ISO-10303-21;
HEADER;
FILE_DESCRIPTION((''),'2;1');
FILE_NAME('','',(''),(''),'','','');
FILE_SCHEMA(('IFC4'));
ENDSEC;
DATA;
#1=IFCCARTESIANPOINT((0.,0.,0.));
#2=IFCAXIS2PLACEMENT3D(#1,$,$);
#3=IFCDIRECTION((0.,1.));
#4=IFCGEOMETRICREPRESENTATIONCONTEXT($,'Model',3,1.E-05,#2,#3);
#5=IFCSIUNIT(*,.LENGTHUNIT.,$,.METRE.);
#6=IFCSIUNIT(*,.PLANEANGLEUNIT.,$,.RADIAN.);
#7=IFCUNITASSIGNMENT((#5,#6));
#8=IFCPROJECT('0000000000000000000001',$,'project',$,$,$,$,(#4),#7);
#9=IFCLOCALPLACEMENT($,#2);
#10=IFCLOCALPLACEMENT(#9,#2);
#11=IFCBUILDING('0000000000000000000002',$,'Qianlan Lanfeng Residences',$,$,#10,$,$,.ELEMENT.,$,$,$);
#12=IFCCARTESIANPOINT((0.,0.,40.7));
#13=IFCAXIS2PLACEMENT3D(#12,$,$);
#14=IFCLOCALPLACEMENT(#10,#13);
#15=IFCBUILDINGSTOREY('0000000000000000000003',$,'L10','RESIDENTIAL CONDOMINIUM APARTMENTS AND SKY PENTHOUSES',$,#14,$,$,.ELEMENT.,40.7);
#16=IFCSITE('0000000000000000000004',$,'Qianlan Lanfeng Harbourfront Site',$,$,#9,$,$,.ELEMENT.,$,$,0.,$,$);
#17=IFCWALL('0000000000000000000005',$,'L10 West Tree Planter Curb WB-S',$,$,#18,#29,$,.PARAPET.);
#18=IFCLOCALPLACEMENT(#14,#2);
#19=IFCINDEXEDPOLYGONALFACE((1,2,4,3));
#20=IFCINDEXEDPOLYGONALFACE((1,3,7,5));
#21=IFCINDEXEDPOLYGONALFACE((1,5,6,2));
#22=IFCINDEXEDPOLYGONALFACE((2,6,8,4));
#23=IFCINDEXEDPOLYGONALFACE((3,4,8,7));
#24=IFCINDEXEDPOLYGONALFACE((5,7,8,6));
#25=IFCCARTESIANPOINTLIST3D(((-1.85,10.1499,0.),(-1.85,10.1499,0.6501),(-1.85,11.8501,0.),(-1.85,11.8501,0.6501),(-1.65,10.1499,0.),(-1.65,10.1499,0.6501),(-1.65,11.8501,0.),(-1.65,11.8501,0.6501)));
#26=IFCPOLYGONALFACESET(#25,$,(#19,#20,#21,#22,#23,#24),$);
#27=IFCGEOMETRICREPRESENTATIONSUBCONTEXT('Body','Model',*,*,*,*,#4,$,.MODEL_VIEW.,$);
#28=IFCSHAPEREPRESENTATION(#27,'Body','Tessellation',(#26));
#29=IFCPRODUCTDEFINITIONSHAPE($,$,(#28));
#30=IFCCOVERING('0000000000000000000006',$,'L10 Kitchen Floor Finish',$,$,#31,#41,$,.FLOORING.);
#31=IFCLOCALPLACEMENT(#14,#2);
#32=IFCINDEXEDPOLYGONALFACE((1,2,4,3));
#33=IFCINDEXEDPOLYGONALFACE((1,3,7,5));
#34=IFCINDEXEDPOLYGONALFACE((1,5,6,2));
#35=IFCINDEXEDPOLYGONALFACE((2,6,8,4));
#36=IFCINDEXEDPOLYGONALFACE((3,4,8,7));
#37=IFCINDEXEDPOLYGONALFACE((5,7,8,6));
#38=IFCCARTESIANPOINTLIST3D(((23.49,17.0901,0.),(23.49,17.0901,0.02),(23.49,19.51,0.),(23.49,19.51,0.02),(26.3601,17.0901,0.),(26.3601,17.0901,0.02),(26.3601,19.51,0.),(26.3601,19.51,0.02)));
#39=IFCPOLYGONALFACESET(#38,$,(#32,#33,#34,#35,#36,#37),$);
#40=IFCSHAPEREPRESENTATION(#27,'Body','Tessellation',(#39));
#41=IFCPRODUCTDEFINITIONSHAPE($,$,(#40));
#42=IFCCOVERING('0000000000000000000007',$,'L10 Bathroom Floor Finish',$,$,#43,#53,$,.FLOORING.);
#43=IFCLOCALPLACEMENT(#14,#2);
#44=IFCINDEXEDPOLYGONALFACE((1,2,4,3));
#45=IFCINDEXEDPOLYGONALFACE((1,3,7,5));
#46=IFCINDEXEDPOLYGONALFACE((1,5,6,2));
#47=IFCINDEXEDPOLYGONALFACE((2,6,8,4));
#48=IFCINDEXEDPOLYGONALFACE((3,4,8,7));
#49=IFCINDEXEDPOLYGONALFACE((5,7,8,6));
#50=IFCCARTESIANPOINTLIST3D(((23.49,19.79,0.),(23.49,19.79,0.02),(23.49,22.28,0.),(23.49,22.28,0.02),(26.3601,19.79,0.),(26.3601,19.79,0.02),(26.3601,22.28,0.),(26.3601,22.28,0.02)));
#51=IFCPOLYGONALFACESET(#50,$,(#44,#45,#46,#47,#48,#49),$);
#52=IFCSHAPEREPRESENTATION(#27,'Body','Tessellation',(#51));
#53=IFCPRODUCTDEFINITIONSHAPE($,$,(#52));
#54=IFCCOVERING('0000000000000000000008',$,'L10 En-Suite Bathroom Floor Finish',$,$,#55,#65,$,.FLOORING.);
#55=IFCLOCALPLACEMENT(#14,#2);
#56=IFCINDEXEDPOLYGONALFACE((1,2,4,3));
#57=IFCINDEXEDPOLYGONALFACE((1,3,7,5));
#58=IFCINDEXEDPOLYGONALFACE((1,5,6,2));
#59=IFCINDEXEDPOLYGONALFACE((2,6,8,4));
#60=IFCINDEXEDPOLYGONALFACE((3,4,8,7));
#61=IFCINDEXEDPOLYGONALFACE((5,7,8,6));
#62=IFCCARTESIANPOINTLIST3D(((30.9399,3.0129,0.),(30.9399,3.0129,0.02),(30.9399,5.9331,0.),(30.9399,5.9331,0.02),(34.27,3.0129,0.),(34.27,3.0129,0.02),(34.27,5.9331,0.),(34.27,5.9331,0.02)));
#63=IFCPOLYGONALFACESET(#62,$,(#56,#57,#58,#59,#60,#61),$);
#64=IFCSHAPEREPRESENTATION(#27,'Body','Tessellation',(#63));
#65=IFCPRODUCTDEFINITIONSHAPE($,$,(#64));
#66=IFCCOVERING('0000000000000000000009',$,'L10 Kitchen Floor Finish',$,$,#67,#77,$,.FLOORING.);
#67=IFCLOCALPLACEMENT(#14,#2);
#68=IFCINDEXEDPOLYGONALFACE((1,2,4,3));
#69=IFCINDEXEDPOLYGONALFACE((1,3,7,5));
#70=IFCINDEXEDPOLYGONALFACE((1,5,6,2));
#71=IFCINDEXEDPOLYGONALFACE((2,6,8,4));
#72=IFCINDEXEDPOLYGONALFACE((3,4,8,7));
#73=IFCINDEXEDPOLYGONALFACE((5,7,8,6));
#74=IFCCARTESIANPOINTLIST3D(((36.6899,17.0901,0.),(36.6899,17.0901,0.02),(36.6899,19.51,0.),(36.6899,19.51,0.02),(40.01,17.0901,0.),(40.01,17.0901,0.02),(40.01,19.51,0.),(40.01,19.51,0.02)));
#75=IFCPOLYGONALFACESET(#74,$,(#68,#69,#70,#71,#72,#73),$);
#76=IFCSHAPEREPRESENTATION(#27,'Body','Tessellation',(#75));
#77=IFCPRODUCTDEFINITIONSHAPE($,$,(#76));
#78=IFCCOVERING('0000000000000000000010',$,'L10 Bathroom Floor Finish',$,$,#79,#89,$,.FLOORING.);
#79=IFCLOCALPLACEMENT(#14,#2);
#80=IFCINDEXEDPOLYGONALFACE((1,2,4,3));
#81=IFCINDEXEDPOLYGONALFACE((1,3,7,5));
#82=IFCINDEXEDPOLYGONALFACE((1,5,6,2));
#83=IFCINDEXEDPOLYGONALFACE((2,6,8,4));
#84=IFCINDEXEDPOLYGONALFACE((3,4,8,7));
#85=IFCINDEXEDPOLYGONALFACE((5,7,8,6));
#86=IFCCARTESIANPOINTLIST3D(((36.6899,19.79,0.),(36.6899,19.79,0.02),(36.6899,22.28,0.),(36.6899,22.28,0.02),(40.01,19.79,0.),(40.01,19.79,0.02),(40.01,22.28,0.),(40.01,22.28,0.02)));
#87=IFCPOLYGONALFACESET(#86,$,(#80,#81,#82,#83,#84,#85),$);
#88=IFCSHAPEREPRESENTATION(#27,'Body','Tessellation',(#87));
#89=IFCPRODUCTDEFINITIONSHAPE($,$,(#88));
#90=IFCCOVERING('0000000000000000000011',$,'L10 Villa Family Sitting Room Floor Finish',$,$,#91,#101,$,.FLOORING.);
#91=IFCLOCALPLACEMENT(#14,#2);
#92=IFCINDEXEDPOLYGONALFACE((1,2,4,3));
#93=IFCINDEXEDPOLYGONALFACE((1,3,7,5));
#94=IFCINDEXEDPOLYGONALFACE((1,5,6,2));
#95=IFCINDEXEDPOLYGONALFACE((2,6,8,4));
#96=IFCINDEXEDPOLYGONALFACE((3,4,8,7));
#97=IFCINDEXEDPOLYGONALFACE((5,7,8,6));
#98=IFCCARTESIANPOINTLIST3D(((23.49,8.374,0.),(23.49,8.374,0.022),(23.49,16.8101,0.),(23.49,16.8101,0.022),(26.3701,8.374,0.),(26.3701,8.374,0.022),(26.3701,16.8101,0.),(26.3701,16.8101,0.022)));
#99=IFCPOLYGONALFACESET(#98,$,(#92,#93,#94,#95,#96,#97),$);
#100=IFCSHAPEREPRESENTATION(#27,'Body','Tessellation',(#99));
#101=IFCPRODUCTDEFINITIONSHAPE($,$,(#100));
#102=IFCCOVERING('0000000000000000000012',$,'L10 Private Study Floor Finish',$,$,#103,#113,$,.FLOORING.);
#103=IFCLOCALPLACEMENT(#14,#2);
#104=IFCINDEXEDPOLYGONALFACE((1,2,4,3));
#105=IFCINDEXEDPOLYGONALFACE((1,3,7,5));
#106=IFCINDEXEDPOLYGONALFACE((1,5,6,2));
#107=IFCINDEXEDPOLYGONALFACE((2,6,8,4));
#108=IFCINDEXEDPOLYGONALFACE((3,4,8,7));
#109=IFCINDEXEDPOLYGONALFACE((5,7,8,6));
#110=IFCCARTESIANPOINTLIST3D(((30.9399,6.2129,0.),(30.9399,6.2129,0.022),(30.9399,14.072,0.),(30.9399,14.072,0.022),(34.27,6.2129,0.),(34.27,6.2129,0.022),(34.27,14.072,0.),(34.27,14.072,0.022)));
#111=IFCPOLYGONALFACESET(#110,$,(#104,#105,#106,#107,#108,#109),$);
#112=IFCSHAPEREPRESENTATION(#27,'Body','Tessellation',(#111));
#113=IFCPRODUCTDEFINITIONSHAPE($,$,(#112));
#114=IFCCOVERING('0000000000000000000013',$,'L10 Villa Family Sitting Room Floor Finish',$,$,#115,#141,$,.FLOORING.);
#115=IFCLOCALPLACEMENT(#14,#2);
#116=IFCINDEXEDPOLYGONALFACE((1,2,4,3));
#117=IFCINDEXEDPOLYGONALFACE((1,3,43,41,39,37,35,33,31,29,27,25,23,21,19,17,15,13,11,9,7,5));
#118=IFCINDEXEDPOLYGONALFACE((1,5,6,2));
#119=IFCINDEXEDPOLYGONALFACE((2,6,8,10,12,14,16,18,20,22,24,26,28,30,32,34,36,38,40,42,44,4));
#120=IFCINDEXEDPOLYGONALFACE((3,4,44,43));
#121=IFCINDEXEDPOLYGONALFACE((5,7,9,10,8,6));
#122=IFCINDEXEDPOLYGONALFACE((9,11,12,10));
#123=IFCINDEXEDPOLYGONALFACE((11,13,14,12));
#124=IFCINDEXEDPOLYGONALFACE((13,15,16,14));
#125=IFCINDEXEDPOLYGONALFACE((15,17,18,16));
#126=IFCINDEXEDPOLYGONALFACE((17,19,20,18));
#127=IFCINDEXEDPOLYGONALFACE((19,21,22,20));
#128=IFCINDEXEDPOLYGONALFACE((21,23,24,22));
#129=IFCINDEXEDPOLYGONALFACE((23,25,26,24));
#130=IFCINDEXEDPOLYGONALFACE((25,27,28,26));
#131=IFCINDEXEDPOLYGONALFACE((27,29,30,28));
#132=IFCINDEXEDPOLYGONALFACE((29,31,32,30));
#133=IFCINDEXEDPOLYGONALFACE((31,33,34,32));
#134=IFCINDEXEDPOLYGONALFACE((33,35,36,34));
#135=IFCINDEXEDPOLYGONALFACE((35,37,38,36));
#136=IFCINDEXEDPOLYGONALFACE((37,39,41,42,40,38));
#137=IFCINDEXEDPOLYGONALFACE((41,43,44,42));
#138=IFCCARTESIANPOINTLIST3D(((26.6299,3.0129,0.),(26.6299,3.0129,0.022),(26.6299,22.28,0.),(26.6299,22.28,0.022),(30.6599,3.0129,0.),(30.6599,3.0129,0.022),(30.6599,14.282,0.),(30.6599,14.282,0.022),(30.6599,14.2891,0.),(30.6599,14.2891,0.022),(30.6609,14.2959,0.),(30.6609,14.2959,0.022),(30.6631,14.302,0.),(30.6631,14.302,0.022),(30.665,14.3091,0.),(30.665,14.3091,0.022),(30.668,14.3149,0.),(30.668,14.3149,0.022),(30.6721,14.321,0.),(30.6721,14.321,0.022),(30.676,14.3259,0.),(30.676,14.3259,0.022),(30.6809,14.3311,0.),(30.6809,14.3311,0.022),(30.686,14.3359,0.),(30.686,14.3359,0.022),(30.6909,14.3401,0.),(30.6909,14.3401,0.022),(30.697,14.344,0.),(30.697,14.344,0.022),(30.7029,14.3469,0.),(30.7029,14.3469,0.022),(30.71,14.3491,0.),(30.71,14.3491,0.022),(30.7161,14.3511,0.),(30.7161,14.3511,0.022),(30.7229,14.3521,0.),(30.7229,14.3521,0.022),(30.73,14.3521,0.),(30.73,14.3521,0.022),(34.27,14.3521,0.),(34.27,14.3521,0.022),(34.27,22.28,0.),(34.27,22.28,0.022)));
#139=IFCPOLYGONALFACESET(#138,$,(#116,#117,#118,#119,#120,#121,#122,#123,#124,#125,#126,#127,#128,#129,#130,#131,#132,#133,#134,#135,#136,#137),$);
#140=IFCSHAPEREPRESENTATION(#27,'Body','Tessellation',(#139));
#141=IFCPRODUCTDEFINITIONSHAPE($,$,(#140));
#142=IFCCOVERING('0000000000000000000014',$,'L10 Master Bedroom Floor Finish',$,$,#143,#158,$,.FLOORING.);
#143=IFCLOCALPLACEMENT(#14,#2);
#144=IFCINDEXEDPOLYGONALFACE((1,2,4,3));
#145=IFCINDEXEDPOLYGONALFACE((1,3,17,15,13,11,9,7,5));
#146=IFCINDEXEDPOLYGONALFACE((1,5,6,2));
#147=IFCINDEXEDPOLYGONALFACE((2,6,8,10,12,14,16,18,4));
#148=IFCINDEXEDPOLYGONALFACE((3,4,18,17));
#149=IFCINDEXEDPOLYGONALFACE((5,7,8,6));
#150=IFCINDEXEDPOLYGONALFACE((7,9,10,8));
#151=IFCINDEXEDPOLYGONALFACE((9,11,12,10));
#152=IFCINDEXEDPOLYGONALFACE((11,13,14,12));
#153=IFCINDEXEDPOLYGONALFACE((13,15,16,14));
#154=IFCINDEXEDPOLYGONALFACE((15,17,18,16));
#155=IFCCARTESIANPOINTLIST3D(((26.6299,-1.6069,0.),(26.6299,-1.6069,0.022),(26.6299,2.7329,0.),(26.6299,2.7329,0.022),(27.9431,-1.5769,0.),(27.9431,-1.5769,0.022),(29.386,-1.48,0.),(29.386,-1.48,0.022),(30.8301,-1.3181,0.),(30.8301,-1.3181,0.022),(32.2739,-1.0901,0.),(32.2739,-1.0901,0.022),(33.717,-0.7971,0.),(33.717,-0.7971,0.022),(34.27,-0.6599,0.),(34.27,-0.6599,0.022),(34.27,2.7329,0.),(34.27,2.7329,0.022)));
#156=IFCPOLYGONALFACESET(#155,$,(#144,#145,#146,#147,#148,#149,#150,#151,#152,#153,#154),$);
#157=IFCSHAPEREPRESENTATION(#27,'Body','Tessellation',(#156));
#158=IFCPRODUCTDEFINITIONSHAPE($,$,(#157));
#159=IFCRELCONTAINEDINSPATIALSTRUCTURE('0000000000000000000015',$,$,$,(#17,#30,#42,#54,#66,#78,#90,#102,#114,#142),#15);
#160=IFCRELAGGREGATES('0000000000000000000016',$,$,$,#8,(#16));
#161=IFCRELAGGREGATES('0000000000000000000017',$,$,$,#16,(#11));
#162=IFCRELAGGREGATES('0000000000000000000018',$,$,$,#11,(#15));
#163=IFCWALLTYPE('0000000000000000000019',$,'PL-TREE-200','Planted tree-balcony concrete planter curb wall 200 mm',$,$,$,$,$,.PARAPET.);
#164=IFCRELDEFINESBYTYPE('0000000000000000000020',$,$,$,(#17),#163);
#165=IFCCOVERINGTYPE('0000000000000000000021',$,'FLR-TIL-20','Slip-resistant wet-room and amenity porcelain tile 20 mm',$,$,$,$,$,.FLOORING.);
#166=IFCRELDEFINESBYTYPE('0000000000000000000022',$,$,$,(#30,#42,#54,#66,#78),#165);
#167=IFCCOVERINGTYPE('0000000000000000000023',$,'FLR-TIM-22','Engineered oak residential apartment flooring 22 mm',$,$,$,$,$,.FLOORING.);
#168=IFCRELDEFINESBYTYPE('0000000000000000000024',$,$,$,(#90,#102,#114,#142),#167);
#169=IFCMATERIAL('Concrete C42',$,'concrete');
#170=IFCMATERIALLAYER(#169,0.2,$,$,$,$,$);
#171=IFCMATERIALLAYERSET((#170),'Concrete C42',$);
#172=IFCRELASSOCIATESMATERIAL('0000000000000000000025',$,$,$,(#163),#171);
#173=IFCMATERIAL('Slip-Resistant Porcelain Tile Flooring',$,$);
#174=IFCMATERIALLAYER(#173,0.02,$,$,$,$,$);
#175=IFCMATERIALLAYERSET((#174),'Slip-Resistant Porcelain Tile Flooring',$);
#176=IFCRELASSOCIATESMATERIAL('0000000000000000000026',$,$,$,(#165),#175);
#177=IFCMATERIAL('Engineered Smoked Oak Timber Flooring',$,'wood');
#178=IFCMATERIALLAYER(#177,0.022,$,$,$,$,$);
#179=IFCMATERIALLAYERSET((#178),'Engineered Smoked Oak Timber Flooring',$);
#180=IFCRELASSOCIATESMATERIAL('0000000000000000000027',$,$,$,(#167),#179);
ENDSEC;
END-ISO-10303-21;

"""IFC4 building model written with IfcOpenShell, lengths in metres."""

from ifc_helpers import new_model, si_unit, direction, frame, frame_2d, origin, place, context, subcontext, project, spatial, polyline, rectangle, outline, extrude, material, layer, layer_set, type_object, element, save


model = new_model("IFC4")

# Units and contexts
model_context = context("Model", 3, precision=1e-05, world=origin(), true_north=direction((0.0, 1.0)))
body_context = subcontext(model_context, "Body", "Model", "MODEL_VIEW")
ifc_project = project(units=[si_unit("LENGTHUNIT", "METRE"), si_unit("PLANEANGLEUNIT", "RADIAN")], contexts=[model_context])

# Site, building, storey
site_placement = place(None, origin())
site = spatial("IfcSite", under=ifc_project, at=site_placement, Name="Qianlan Lanfeng Harbourfront Site", CompositionType="ELEMENT", RefElevation=0.0)
building_placement = place(site_placement, origin())
building = spatial("IfcBuilding", under=site, at=building_placement, Name="Qianlan Lanfeng Residences", CompositionType="ELEMENT")
storey_placement = place(building_placement, frame((0.0, 0.0, 40.7)))
storey = spatial("IfcBuildingStorey", under=building, at=storey_placement, Name="L10", Description="RESIDENTIAL CONDOMINIUM APARTMENTS AND SKY PENTHOUSES", CompositionType="ELEMENT", Elevation=40.7)

# Wall
ifc_material_1 = material(Name="Concrete C42", Category="concrete")
ifc_layer_1 = layer(ifc_material_1, 0.2)
ifc_layer_set_1 = layer_set([ifc_layer_1], Name="Concrete C42")
wall_type = type_object("IfcWallType", Name="PL-TREE-200", Description="Planted tree-balcony concrete planter curb wall 200 mm", PredefinedType="PARAPET", material=ifc_layer_set_1)
wall_placement = place(storey_placement, frame((-1.75, 10.1499, 0.0), z_axis=(0.0, 0.0, 1.0), x_axis=(0.0, 1.0, 0.0)))
element("IfcWall", 1, at=wall_placement, inside=storey, type_object=wall_type, Name="L10 West Tree Planter Curb WB-S", PredefinedType="PARAPET", context=body_context, shape_type="SweptSolid", body=[
    extrude(rectangle(XDim=1.7002, YDim=0.2, at=frame_2d((0.8501, 0.0))), origin(), (0.0, 0.0, 1.0), 0.6501),
])

# Coverings
ifc_material_2 = material(Name="Slip-Resistant Porcelain Tile Flooring")
ifc_layer_2 = layer(ifc_material_2, 0.02)
ifc_layer_set_2 = layer_set([ifc_layer_2], Name="Slip-Resistant Porcelain Tile Flooring")
covering_type_1 = type_object("IfcCoveringType", Name="FLR-TIL-20", Description="Slip-resistant wet-room and amenity porcelain tile 20 mm", PredefinedType="FLOORING", material=ifc_layer_set_2)
covering_1_placement = place(storey_placement, origin())
element("IfcCovering", 2, at=covering_1_placement, inside=storey, type_object=covering_type_1, Name="L10 Kitchen Floor Finish", PredefinedType="FLOORING", context=body_context, shape_type="SweptSolid", body=[
    extrude(outline(polyline([(23.49, 17.0901), (26.3601, 17.0901), (26.3601, 19.51), (23.49, 19.51), (23.49, 17.0901)])), origin(), (0.0, 0.0, 1.0), 0.02),
])
covering_2_placement = place(storey_placement, origin())
element("IfcCovering", 3, at=covering_2_placement, inside=storey, type_object=covering_type_1, Name="L10 Bathroom Floor Finish", PredefinedType="FLOORING", context=body_context, shape_type="SweptSolid", body=[
    extrude(outline(polyline([(23.49, 19.79), (26.3601, 19.79), (26.3601, 22.28), (23.49, 22.28), (23.49, 19.79)])), origin(), (0.0, 0.0, 1.0), 0.02),
])
covering_3_placement = place(storey_placement, origin())
element("IfcCovering", 4, at=covering_3_placement, inside=storey, type_object=covering_type_1, Name="L10 En-Suite Bathroom Floor Finish", PredefinedType="FLOORING", context=body_context, shape_type="SweptSolid", body=[
    extrude(outline(polyline([(30.9399, 3.0129), (34.27, 3.0129), (34.27, 5.9331), (30.9399, 5.9331), (30.9399, 3.0129)])), origin(), (0.0, 0.0, 1.0), 0.02),
])
covering_4_placement = place(storey_placement, origin())
element("IfcCovering", 5, at=covering_4_placement, inside=storey, type_object=covering_type_1, Name="L10 Kitchen Floor Finish", PredefinedType="FLOORING", context=body_context, shape_type="SweptSolid", body=[
    extrude(outline(polyline([(36.6899, 17.0901), (40.01, 17.0901), (40.01, 19.51), (36.6899, 19.51), (36.6899, 17.0901)])), origin(), (0.0, 0.0, 1.0), 0.02),
])
covering_5_placement = place(storey_placement, origin())
element("IfcCovering", 6, at=covering_5_placement, inside=storey, type_object=covering_type_1, Name="L10 Bathroom Floor Finish", PredefinedType="FLOORING", context=body_context, shape_type="SweptSolid", body=[
    extrude(outline(polyline([(36.6899, 19.79), (40.01, 19.79), (40.01, 22.28), (36.6899, 22.28), (36.6899, 19.79)])), origin(), (0.0, 0.0, 1.0), 0.02),
])
ifc_material_3 = material(Name="Engineered Smoked Oak Timber Flooring", Category="wood")
ifc_layer_3 = layer(ifc_material_3, 0.022)
ifc_layer_set_3 = layer_set([ifc_layer_3], Name="Engineered Smoked Oak Timber Flooring")
covering_type_2 = type_object("IfcCoveringType", Name="FLR-TIM-22", Description="Engineered oak residential apartment flooring 22 mm", PredefinedType="FLOORING", material=ifc_layer_set_3)
covering_6_placement = place(storey_placement, origin())
element("IfcCovering", 7, at=covering_6_placement, inside=storey, type_object=covering_type_2, Name="L10 Villa Family Sitting Room Floor Finish", PredefinedType="FLOORING", context=body_context, shape_type="SweptSolid", body=[
    extrude(outline(polyline([(23.49, 16.8101), (23.49, 8.374), (26.3701, 8.374), (26.3701, 16.8101), (23.49, 16.8101)])), origin(), (0.0, 0.0, 1.0), 0.022),
])
covering_7_placement = place(storey_placement, origin())
element("IfcCovering", 8, at=covering_7_placement, inside=storey, type_object=covering_type_2, Name="L10 Private Study Floor Finish", PredefinedType="FLOORING", context=body_context, shape_type="SweptSolid", body=[
    extrude(outline(polyline([(30.9399, 6.2129), (34.27, 6.2129), (34.27, 14.072), (30.9399, 14.072), (30.9399, 6.2129)])), origin(), (0.0, 0.0, 1.0), 0.022),
])
covering_8_placement = place(storey_placement, origin())
element("IfcCovering", 9, at=covering_8_placement, inside=storey, type_object=covering_type_2, Name="L10 Villa Family Sitting Room Floor Finish", PredefinedType="FLOORING", context=body_context, shape_type="SweptSolid", body=[
    extrude(outline(polyline([(26.6299, 3.0129), (30.6599, 3.0129), (30.6599, 14.282), (30.6599, 14.2891), (30.6609, 14.2959), (30.6631, 14.302), (30.665, 14.3091), (30.668, 14.3149), (30.6721, 14.321), (30.676, 14.3259), (30.6809, 14.3311), (30.686, 14.3359), (30.6909, 14.3401), (30.697, 14.344), (30.7029, 14.3469), (30.71, 14.3491), (30.7161, 14.3511), (30.7229, 14.3521), (30.73, 14.3521), (34.27, 14.3521), (34.27, 22.28), (26.6299, 22.28), (26.6299, 3.0129)])), origin(), (0.0, 0.0, 1.0), 0.022),
])
covering_9_placement = place(storey_placement, origin())
element("IfcCovering", 10, at=covering_9_placement, inside=storey, type_object=covering_type_2, Name="L10 Master Bedroom Floor Finish", PredefinedType="FLOORING", context=body_context, shape_type="SweptSolid", body=[
    extrude(outline(polyline([(26.6299, 2.7329), (26.6299, -1.6069), (27.9431, -1.5769), (29.386, -1.48), (30.8301, -1.3181), (32.2739, -1.0901), (33.717, -0.7971), (34.27, -0.6599), (34.27, 2.7329), (26.6299, 2.7329)])), origin(), (0.0, 0.0, 1.0), 0.022),
])

save(model, "model.ifc")
